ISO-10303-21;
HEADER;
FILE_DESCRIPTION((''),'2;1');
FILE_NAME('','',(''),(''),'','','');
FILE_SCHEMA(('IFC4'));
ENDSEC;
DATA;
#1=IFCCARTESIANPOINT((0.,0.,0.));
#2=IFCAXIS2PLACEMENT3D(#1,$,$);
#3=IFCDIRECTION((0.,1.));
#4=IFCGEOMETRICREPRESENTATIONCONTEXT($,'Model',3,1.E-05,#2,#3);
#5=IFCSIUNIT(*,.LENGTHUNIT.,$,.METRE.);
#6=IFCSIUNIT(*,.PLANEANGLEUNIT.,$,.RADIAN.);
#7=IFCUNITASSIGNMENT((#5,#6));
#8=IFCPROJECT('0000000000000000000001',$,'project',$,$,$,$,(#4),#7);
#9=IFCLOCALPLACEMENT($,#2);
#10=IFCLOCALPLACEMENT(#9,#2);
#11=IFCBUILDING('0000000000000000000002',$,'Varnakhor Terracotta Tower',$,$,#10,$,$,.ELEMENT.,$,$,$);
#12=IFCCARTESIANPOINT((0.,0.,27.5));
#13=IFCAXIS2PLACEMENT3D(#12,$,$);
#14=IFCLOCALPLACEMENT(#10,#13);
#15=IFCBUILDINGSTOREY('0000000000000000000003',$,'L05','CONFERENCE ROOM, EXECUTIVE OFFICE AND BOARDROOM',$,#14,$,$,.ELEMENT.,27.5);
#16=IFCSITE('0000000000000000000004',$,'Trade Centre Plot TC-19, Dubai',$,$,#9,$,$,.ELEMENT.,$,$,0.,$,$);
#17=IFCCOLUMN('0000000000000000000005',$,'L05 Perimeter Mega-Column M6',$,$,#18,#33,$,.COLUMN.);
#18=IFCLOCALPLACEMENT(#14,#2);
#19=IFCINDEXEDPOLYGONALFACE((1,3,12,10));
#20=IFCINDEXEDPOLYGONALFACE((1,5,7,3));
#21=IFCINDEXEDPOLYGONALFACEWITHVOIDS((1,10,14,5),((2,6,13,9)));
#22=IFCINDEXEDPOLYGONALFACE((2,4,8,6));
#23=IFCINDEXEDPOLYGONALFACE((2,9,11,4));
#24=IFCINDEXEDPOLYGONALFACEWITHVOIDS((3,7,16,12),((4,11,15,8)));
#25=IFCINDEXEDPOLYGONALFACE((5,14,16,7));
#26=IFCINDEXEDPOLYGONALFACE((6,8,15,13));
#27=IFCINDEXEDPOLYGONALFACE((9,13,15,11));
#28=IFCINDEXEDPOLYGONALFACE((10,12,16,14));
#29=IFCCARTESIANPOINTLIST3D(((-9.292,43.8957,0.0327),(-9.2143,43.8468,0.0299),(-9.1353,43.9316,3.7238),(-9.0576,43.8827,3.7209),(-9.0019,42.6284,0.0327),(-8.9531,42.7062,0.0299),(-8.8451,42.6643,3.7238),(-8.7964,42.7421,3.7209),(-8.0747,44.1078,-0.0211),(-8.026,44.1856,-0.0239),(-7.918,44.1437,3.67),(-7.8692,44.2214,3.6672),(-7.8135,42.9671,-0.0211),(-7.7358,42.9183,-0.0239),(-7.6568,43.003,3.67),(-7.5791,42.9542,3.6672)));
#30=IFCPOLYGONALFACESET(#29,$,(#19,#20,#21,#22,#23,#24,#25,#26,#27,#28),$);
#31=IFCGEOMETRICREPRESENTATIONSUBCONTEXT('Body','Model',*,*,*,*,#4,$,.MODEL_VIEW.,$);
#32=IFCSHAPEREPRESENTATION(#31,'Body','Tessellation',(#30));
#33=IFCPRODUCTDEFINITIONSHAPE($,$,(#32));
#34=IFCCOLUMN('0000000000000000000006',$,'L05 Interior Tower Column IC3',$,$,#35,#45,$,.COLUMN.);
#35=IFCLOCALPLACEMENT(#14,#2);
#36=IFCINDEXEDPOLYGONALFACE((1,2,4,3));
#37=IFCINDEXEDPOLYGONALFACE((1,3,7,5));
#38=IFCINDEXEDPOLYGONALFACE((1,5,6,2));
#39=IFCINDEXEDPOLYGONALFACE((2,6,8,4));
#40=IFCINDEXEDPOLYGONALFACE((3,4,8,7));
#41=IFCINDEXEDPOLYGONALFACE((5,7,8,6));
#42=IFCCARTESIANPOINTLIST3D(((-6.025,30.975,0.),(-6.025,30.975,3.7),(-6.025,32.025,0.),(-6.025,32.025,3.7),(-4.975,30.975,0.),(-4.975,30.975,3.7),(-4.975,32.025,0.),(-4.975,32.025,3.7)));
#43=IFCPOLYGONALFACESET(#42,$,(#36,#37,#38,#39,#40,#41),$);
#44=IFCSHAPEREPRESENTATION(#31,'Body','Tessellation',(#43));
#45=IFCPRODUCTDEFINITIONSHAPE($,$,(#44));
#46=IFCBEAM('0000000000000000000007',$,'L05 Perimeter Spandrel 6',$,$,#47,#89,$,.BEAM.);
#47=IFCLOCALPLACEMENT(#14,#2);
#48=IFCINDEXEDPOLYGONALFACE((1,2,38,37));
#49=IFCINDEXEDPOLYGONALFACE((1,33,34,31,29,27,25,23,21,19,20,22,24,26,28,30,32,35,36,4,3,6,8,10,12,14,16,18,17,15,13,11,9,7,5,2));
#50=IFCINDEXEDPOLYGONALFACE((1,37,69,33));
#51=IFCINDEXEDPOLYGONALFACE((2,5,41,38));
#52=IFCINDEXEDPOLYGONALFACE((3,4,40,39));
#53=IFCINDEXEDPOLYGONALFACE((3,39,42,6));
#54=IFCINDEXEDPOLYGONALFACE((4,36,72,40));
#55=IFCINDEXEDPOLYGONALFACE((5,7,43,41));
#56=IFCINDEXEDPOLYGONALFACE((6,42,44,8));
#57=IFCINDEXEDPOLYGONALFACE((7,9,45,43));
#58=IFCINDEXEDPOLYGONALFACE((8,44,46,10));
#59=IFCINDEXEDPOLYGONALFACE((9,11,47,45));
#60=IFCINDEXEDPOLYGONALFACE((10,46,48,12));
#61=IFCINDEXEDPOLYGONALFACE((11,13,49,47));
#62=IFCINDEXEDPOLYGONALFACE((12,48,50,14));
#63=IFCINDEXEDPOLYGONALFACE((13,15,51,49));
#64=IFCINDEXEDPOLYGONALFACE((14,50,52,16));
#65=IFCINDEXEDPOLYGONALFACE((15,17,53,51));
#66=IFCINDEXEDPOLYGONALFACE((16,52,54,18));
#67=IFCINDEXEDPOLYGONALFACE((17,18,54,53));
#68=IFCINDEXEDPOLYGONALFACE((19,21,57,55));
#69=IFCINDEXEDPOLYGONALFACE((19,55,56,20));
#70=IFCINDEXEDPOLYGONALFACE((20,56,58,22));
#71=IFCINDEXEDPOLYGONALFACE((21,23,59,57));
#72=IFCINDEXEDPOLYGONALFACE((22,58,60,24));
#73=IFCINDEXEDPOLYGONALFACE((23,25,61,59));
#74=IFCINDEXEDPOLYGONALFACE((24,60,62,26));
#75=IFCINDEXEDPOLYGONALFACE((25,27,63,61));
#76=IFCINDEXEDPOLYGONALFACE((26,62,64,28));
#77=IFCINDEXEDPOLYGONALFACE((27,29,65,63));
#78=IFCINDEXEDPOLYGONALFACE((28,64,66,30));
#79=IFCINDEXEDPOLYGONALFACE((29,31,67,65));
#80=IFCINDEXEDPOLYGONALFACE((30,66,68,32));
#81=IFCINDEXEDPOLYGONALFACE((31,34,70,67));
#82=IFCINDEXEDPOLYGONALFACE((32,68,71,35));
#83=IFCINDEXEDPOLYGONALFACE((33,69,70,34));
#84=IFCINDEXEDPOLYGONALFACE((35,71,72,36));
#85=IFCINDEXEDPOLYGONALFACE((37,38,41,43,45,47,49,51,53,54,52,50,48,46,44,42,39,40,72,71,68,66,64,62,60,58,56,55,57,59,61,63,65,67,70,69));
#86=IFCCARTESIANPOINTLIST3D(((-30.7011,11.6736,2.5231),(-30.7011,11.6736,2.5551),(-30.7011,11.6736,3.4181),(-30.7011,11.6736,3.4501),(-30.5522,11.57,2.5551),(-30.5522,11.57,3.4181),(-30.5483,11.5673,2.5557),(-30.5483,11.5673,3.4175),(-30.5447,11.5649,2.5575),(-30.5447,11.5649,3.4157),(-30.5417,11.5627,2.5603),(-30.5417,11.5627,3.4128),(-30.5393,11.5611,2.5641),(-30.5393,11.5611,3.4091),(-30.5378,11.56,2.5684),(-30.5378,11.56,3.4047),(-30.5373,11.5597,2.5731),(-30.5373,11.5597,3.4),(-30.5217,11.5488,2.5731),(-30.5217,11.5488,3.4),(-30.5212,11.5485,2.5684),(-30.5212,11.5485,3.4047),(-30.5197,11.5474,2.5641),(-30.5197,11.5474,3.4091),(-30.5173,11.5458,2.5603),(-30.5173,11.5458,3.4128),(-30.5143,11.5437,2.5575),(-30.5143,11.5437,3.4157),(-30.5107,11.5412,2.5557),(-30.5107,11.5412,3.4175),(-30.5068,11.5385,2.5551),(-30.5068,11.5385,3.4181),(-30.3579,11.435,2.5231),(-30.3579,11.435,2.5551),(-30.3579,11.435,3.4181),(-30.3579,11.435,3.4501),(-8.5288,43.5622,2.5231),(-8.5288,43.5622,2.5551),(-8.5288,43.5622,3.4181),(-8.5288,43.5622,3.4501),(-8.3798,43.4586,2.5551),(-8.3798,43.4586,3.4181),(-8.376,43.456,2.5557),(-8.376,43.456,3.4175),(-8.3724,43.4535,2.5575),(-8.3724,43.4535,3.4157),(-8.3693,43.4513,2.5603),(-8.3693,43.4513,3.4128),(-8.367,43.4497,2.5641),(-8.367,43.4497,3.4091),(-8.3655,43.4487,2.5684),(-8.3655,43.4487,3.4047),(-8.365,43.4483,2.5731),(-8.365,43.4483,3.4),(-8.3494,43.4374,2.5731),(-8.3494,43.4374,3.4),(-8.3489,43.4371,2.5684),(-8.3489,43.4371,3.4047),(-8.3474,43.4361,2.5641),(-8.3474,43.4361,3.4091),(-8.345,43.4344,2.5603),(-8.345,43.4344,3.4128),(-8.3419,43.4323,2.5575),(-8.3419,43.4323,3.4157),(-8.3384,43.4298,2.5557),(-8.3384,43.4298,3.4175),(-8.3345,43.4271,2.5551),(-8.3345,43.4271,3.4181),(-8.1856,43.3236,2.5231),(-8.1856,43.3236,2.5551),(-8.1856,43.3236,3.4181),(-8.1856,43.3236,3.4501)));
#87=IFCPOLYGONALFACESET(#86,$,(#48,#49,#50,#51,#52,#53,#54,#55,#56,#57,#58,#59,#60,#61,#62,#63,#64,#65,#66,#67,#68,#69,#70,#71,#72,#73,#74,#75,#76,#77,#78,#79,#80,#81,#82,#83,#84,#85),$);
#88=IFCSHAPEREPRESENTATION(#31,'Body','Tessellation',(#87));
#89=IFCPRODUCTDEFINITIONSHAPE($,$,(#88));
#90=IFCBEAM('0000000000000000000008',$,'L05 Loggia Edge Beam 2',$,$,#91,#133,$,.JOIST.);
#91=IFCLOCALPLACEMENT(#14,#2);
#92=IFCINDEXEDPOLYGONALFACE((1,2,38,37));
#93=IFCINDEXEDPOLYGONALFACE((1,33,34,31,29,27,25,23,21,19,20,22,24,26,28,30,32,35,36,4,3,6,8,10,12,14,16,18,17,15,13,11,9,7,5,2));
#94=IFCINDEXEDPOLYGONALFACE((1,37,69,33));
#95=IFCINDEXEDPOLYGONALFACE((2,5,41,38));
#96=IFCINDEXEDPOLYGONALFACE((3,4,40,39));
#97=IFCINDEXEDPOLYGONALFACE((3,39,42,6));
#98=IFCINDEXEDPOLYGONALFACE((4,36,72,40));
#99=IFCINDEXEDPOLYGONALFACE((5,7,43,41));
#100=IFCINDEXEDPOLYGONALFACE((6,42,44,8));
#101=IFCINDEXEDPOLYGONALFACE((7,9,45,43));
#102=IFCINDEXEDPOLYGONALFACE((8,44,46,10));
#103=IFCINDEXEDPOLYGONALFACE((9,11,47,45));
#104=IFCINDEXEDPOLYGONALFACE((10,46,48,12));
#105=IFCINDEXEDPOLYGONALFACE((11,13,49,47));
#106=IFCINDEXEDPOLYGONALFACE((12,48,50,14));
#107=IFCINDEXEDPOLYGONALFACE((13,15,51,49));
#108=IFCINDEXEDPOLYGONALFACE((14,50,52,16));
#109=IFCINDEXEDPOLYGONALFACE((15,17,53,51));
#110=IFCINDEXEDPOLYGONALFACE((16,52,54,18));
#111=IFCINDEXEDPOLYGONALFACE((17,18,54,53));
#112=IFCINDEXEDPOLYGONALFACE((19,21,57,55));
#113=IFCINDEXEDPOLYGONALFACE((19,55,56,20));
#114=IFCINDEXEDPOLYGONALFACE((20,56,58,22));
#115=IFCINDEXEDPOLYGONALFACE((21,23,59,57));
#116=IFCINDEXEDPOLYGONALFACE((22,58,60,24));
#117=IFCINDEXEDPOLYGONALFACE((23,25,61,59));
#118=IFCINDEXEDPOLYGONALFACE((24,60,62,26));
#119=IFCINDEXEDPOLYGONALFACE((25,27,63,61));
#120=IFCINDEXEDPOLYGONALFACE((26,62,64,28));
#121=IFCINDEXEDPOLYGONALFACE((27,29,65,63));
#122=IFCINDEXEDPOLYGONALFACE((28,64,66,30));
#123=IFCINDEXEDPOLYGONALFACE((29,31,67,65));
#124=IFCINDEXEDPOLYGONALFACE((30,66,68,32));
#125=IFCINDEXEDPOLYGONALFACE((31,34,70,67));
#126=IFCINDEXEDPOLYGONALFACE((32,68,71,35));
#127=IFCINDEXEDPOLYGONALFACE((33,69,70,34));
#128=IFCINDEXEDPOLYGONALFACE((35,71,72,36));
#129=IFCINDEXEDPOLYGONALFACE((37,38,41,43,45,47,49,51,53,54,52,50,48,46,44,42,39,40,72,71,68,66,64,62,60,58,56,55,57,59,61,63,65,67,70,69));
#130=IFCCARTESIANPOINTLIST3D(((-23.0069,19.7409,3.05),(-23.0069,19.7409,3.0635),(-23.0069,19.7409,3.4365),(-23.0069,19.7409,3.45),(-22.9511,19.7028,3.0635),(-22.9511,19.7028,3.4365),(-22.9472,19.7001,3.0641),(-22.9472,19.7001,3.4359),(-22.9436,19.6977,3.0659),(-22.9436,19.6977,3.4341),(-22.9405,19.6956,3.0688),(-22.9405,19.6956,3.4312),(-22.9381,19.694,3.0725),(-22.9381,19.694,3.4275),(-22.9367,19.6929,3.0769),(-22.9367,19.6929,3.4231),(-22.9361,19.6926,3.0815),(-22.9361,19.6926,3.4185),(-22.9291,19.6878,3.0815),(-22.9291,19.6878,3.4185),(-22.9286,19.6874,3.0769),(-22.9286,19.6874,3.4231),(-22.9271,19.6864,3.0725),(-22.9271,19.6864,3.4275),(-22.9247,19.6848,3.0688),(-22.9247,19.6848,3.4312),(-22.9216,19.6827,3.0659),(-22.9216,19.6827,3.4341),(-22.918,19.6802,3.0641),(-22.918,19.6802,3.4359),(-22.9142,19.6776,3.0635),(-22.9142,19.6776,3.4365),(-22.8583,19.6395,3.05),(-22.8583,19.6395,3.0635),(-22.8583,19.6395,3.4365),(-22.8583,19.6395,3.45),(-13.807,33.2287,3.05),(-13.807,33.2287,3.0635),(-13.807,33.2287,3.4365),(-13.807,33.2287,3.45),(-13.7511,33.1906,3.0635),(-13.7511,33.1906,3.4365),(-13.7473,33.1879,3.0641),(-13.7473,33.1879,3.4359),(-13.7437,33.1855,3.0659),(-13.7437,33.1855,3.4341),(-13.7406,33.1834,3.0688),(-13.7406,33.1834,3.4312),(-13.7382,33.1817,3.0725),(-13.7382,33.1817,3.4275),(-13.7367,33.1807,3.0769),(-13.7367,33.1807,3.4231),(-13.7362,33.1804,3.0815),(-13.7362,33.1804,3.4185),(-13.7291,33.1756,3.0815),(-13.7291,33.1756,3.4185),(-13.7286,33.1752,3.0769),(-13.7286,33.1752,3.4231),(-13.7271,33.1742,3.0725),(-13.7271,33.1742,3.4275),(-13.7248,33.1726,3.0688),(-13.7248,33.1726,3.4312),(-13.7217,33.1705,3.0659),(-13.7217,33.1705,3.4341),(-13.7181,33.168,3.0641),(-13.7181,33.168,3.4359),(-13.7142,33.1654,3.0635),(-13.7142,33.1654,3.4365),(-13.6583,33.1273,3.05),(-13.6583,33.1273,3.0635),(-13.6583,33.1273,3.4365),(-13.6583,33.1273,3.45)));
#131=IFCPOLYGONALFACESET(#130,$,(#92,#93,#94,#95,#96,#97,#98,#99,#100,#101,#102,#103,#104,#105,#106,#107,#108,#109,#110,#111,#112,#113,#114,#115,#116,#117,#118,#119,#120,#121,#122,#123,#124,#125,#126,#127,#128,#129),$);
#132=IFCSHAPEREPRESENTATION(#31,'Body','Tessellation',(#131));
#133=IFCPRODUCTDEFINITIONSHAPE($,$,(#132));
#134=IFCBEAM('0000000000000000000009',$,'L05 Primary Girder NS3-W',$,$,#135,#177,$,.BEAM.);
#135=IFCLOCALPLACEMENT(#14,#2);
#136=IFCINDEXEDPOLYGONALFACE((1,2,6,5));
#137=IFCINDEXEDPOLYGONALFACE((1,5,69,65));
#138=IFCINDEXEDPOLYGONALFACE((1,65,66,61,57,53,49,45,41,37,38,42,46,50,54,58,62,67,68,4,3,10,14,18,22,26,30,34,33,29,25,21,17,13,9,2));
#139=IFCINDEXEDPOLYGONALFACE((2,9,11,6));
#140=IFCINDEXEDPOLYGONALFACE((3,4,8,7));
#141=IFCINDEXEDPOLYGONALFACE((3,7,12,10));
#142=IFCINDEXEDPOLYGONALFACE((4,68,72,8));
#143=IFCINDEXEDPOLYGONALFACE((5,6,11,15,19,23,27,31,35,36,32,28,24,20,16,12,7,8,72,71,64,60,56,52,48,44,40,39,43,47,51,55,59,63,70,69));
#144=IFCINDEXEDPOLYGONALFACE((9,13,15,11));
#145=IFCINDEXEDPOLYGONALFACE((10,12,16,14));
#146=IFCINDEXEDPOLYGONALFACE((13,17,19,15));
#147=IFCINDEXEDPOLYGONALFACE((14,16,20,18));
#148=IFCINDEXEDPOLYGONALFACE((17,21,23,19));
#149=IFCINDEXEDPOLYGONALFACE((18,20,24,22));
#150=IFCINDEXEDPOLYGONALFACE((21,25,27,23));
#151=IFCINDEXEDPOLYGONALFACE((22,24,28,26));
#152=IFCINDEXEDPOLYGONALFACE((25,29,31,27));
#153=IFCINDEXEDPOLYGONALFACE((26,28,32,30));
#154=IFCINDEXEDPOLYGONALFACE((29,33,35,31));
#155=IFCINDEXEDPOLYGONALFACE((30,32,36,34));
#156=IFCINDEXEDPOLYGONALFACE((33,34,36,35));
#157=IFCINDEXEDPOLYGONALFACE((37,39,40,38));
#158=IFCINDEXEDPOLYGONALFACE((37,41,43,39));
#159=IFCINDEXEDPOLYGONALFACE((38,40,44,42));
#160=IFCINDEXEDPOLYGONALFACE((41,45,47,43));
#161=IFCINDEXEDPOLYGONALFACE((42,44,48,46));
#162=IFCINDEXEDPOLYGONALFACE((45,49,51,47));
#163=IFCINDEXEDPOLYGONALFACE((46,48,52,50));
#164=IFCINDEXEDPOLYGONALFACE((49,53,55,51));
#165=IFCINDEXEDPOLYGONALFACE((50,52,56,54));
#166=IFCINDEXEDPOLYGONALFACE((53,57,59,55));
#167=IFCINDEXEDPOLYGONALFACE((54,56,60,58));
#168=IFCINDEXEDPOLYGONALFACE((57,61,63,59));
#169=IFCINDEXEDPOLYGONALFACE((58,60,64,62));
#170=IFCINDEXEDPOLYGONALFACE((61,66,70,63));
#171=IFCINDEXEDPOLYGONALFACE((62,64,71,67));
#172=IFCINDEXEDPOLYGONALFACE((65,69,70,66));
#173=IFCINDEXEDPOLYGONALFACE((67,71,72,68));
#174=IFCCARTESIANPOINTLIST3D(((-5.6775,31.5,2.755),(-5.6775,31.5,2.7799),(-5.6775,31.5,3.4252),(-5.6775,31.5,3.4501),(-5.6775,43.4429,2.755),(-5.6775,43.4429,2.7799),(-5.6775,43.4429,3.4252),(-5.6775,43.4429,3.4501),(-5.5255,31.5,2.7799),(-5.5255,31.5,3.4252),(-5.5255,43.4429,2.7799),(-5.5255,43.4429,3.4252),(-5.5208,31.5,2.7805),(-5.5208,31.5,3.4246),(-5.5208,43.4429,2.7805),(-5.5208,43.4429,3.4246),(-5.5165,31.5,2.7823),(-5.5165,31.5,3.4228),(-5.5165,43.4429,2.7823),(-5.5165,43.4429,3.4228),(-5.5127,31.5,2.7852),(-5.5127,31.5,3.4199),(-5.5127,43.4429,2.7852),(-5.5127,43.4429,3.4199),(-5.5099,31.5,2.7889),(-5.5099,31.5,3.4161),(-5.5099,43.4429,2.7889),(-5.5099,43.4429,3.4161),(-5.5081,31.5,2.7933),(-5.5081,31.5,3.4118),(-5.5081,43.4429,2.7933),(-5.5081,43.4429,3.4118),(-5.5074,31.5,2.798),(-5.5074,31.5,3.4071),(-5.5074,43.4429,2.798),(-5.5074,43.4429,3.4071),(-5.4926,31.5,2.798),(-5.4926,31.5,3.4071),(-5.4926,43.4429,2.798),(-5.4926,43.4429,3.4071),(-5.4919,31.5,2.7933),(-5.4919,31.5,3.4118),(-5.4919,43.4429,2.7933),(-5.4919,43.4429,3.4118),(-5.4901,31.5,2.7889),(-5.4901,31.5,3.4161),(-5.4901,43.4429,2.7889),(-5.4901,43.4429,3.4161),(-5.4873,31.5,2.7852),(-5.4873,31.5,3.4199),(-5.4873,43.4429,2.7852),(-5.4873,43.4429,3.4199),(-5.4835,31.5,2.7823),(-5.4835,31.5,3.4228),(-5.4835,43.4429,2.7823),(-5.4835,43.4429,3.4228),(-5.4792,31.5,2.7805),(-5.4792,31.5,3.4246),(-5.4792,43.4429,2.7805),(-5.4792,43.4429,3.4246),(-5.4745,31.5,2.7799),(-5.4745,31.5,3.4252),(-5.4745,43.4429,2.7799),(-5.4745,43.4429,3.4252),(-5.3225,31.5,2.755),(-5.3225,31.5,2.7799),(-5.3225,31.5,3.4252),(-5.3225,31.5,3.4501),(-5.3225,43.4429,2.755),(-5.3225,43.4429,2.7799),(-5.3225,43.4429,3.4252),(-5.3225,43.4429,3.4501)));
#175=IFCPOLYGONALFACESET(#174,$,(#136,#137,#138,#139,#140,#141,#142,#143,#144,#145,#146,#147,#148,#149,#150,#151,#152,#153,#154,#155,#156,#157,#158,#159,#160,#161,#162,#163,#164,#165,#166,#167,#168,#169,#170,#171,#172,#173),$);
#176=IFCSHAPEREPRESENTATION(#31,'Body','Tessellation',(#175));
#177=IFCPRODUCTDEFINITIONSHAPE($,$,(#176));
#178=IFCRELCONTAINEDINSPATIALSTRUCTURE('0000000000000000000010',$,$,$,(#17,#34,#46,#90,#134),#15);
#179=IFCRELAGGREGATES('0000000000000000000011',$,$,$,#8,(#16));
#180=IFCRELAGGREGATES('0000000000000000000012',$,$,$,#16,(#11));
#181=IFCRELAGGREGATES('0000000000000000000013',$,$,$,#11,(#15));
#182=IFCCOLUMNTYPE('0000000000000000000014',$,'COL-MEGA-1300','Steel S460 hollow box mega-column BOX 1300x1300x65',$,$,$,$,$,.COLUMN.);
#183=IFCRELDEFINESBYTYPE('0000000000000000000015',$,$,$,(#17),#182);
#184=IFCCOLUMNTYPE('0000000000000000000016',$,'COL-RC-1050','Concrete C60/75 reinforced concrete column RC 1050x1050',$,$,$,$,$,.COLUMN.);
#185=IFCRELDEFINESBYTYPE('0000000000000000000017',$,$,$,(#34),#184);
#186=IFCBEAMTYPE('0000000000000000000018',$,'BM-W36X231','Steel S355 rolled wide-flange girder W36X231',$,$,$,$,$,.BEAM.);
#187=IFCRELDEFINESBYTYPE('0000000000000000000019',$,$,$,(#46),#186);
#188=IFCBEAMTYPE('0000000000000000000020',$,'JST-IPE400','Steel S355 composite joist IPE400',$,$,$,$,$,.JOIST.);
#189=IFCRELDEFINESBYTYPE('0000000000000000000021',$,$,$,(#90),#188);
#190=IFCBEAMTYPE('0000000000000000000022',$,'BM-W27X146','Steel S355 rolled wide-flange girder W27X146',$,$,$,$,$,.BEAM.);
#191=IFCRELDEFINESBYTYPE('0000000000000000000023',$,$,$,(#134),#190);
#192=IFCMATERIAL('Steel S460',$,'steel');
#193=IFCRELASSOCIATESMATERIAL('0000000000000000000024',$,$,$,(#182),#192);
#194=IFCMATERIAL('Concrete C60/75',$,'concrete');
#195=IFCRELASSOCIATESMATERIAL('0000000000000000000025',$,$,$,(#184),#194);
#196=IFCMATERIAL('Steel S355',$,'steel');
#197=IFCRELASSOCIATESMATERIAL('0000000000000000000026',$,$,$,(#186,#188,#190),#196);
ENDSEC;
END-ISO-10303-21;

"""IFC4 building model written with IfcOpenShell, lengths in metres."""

from ifc_helpers import new_model, si_unit, direction, frame, origin, origin_2d, place, context, subcontext, project, spatial, rectangle, hollow_rectangle, i_section, extrude, source, transform, mapped, material, material_profile, profile_set, type_object, element, save


model = new_model("IFC4")

# Units and contexts
model_context = context("Model", 3, precision=1e-05, world=origin(), true_north=direction((0.0, 1.0)))
body_context = subcontext(model_context, "Body", "Model", "MODEL_VIEW")
ifc_project = project(units=[si_unit("LENGTHUNIT", "METRE"), si_unit("PLANEANGLEUNIT", "RADIAN")], contexts=[model_context])

# Site, building, storey
site_placement = place(None, origin())
site = spatial("IfcSite", under=ifc_project, at=site_placement, Name="Trade Centre Plot TC-19, Dubai", CompositionType="ELEMENT", RefElevation=0.0)
building_placement = place(site_placement, origin())
building = spatial("IfcBuilding", under=site, at=building_placement, Name="Varnakhor Terracotta Tower", CompositionType="ELEMENT")
storey_placement = place(building_placement, frame((0.0, 0.0, 27.5)))
storey = spatial("IfcBuildingStorey", under=building, at=storey_placement, Name="L05", Description="CONFERENCE ROOM, EXECUTIVE OFFICE AND BOARDROOM", CompositionType="ELEMENT", Elevation=27.5)

# Columns
ifc_material_1 = material(Name="Steel S460", Category="steel")
ifc_material_profile_1 = material_profile(ifc_material_1, hollow_rectangle(XDim=1.3, YDim=1.3, WallThickness=0.0649, at=origin_2d()), Name="BOX 1300x1300x65")
ifc_profile_set_1 = profile_set([ifc_material_profile_1], Name="Steel S460")
column_type_1 = type_object("IfcColumnType", Name="COL-MEGA-1300", Description="Steel S460 hollow box mega-column BOX 1300x1300x65", PredefinedType="COLUMN", material=ifc_profile_set_1)
shared_shape_1 = source(origin(), body_context, "Body", "SweptSolid", [
    extrude(hollow_rectangle(XDim=1.3, YDim=1.3, WallThickness=0.0649, at=origin_2d()), origin(), (0.0, 0.0, 1.0), 3.6946),
])
column_1_placement = place(storey_placement, frame((-8.5139, 43.407, 0.0044), z_axis=(0.042423, 0.009714, 0.999053), x_axis=(-0.223196, 0.974774, 0.0)))
element("IfcColumn", 1, at=column_1_placement, inside=storey, type_object=column_type_1, Name="L05 Perimeter Mega-Column M6", PredefinedType="COLUMN", context=body_context, shape_type="MappedRepresentation", body=[
    mapped(shared_shape_1, transform((0.0, 0.0, 0.0), scale=1.0)),
])
ifc_material_2 = material(Name="Concrete C60/75", Category="concrete")
ifc_material_profile_2 = material_profile(ifc_material_2, rectangle(XDim=1.05, YDim=1.05, at=origin_2d()), Name="RC 1050x1050")
ifc_profile_set_2 = profile_set([ifc_material_profile_2], Name="Concrete C60/75")
column_type_2 = type_object("IfcColumnType", Name="COL-RC-1050", Description="Concrete C60/75 reinforced concrete column RC 1050x1050", PredefinedType="COLUMN", material=ifc_profile_set_2)
shared_shape_2 = source(origin(), body_context, "Body", "SweptSolid", [
    extrude(rectangle(XDim=1.05, YDim=1.05, at=origin_2d()), origin(), (0.0, 0.0, 1.0), 3.7),
])
column_2_placement = place(storey_placement, frame((-5.5, 31.5, 0.0), z_axis=(0.0, 0.0, 1.0), x_axis=(1.0, 0.0, 0.0)))
element("IfcColumn", 2, at=column_2_placement, inside=storey, type_object=column_type_2, Name="L05 Interior Tower Column IC3", PredefinedType="COLUMN", context=body_context, shape_type="MappedRepresentation", body=[
    mapped(shared_shape_2, transform((0.0, 0.0, 0.0), scale=1.0)),
])

# Beams
ifc_material_3 = material(Name="Steel S355", Category="steel")
ifc_material_profile_3 = material_profile(ifc_material_3, i_section(OverallWidth=0.418, OverallDepth=0.927, WebThickness=0.019, FlangeThickness=0.032, FilletRadius=0.0181, at=origin_2d()), Name="W36X231")
ifc_profile_set_3 = profile_set([ifc_material_profile_3], Name="Steel S355")
beam_type_1 = type_object("IfcBeamType", Name="BM-W36X231", Description="Steel S355 rolled wide-flange girder W36X231", PredefinedType="BEAM", material=ifc_profile_set_3)
shared_shape_3 = source(origin(), body_context, "Body", "SweptSolid", [
    extrude(i_section(OverallWidth=0.418, OverallDepth=0.927, WebThickness=0.019, FlangeThickness=0.032, FilletRadius=0.0181, at=origin_2d()), origin(), (0.0, 0.0, 1.0), 38.8394),
])
beam_1_placement = place(storey_placement, frame((-8.3572, 43.4429, 2.9866), z_axis=(-0.570873, -0.821039, 0.0), x_axis=(0.821039, -0.570873, 0.0)))
element("IfcBeam", 3, at=beam_1_placement, inside=storey, type_object=beam_type_1, Name="L05 Perimeter Spandrel 6", PredefinedType="BEAM", context=body_context, shape_type="MappedRepresentation", body=[
    mapped(shared_shape_3, transform((0.0, 0.0, 0.0), scale=1.0)),
])
ifc_material_profile_4 = material_profile(ifc_material_3, i_section(OverallWidth=0.1799, OverallDepth=0.3999, WebThickness=0.0085, FlangeThickness=0.0134, FilletRadius=0.0181, at=origin_2d()), Name="IPE400")
ifc_profile_set_4 = profile_set([ifc_material_profile_4], Name="Steel S355")
beam_type_2 = type_object("IfcBeamType", Name="JST-IPE400", Description="Steel S355 composite joist IPE400", PredefinedType="JOIST", material=ifc_profile_set_4)
shared_shape_4 = source(origin(), body_context, "Body", "SweptSolid", [
    extrude(i_section(OverallWidth=0.1799, OverallDepth=0.3999, WebThickness=0.0085, FlangeThickness=0.0134, FilletRadius=0.0181, at=origin_2d()), origin(), (0.0, 0.0, 1.0), 16.3267),
])
beam_2_placement = place(storey_placement, frame((-13.7327, 33.178, 3.25), z_axis=(-0.563493, -0.826121, 0.0), x_axis=(0.826121, -0.563493, 0.0)))
element("IfcBeam", 4, at=beam_2_placement, inside=storey, type_object=beam_type_2, Name="L05 Loggia Edge Beam 2", PredefinedType="JOIST", context=body_context, shape_type="MappedRepresentation", body=[
    mapped(shared_shape_4, transform((0.0, 0.0, 0.0), scale=1.0)),
])
ifc_material_profile_5 = material_profile(ifc_material_3, i_section(OverallWidth=0.355, OverallDepth=0.6951, WebThickness=0.0149, FlangeThickness=0.0249, FilletRadius=0.0181, at=origin_2d()), Name="W27X146")
ifc_profile_set_5 = profile_set([ifc_material_profile_5], Name="Steel S355")
beam_type_3 = type_object("IfcBeamType", Name="BM-W27X146", Description="Steel S355 rolled wide-flange girder W27X146", PredefinedType="BEAM", material=ifc_profile_set_5)
shared_shape_5 = source(origin(), body_context, "Body", "SweptSolid", [
    extrude(i_section(OverallWidth=0.355, OverallDepth=0.6951, WebThickness=0.0149, FlangeThickness=0.0249, FilletRadius=0.0181, at=origin_2d()), origin(), (0.0, 0.0, 1.0), 11.9429),
])
beam_3_placement = place(storey_placement, frame((-5.5, 31.5, 3.1025), z_axis=(0.0, 1.0, 0.0), x_axis=(-1.0, 0.0, 0.0)))
element("IfcBeam", 5, at=beam_3_placement, inside=storey, type_object=beam_type_3, Name="L05 Primary Girder NS3-W", PredefinedType="BEAM", context=body_context, shape_type="MappedRepresentation", body=[
    mapped(shared_shape_5, transform((0.0, 0.0, 0.0), scale=1.0)),
])

save(model, "model.ifc")
